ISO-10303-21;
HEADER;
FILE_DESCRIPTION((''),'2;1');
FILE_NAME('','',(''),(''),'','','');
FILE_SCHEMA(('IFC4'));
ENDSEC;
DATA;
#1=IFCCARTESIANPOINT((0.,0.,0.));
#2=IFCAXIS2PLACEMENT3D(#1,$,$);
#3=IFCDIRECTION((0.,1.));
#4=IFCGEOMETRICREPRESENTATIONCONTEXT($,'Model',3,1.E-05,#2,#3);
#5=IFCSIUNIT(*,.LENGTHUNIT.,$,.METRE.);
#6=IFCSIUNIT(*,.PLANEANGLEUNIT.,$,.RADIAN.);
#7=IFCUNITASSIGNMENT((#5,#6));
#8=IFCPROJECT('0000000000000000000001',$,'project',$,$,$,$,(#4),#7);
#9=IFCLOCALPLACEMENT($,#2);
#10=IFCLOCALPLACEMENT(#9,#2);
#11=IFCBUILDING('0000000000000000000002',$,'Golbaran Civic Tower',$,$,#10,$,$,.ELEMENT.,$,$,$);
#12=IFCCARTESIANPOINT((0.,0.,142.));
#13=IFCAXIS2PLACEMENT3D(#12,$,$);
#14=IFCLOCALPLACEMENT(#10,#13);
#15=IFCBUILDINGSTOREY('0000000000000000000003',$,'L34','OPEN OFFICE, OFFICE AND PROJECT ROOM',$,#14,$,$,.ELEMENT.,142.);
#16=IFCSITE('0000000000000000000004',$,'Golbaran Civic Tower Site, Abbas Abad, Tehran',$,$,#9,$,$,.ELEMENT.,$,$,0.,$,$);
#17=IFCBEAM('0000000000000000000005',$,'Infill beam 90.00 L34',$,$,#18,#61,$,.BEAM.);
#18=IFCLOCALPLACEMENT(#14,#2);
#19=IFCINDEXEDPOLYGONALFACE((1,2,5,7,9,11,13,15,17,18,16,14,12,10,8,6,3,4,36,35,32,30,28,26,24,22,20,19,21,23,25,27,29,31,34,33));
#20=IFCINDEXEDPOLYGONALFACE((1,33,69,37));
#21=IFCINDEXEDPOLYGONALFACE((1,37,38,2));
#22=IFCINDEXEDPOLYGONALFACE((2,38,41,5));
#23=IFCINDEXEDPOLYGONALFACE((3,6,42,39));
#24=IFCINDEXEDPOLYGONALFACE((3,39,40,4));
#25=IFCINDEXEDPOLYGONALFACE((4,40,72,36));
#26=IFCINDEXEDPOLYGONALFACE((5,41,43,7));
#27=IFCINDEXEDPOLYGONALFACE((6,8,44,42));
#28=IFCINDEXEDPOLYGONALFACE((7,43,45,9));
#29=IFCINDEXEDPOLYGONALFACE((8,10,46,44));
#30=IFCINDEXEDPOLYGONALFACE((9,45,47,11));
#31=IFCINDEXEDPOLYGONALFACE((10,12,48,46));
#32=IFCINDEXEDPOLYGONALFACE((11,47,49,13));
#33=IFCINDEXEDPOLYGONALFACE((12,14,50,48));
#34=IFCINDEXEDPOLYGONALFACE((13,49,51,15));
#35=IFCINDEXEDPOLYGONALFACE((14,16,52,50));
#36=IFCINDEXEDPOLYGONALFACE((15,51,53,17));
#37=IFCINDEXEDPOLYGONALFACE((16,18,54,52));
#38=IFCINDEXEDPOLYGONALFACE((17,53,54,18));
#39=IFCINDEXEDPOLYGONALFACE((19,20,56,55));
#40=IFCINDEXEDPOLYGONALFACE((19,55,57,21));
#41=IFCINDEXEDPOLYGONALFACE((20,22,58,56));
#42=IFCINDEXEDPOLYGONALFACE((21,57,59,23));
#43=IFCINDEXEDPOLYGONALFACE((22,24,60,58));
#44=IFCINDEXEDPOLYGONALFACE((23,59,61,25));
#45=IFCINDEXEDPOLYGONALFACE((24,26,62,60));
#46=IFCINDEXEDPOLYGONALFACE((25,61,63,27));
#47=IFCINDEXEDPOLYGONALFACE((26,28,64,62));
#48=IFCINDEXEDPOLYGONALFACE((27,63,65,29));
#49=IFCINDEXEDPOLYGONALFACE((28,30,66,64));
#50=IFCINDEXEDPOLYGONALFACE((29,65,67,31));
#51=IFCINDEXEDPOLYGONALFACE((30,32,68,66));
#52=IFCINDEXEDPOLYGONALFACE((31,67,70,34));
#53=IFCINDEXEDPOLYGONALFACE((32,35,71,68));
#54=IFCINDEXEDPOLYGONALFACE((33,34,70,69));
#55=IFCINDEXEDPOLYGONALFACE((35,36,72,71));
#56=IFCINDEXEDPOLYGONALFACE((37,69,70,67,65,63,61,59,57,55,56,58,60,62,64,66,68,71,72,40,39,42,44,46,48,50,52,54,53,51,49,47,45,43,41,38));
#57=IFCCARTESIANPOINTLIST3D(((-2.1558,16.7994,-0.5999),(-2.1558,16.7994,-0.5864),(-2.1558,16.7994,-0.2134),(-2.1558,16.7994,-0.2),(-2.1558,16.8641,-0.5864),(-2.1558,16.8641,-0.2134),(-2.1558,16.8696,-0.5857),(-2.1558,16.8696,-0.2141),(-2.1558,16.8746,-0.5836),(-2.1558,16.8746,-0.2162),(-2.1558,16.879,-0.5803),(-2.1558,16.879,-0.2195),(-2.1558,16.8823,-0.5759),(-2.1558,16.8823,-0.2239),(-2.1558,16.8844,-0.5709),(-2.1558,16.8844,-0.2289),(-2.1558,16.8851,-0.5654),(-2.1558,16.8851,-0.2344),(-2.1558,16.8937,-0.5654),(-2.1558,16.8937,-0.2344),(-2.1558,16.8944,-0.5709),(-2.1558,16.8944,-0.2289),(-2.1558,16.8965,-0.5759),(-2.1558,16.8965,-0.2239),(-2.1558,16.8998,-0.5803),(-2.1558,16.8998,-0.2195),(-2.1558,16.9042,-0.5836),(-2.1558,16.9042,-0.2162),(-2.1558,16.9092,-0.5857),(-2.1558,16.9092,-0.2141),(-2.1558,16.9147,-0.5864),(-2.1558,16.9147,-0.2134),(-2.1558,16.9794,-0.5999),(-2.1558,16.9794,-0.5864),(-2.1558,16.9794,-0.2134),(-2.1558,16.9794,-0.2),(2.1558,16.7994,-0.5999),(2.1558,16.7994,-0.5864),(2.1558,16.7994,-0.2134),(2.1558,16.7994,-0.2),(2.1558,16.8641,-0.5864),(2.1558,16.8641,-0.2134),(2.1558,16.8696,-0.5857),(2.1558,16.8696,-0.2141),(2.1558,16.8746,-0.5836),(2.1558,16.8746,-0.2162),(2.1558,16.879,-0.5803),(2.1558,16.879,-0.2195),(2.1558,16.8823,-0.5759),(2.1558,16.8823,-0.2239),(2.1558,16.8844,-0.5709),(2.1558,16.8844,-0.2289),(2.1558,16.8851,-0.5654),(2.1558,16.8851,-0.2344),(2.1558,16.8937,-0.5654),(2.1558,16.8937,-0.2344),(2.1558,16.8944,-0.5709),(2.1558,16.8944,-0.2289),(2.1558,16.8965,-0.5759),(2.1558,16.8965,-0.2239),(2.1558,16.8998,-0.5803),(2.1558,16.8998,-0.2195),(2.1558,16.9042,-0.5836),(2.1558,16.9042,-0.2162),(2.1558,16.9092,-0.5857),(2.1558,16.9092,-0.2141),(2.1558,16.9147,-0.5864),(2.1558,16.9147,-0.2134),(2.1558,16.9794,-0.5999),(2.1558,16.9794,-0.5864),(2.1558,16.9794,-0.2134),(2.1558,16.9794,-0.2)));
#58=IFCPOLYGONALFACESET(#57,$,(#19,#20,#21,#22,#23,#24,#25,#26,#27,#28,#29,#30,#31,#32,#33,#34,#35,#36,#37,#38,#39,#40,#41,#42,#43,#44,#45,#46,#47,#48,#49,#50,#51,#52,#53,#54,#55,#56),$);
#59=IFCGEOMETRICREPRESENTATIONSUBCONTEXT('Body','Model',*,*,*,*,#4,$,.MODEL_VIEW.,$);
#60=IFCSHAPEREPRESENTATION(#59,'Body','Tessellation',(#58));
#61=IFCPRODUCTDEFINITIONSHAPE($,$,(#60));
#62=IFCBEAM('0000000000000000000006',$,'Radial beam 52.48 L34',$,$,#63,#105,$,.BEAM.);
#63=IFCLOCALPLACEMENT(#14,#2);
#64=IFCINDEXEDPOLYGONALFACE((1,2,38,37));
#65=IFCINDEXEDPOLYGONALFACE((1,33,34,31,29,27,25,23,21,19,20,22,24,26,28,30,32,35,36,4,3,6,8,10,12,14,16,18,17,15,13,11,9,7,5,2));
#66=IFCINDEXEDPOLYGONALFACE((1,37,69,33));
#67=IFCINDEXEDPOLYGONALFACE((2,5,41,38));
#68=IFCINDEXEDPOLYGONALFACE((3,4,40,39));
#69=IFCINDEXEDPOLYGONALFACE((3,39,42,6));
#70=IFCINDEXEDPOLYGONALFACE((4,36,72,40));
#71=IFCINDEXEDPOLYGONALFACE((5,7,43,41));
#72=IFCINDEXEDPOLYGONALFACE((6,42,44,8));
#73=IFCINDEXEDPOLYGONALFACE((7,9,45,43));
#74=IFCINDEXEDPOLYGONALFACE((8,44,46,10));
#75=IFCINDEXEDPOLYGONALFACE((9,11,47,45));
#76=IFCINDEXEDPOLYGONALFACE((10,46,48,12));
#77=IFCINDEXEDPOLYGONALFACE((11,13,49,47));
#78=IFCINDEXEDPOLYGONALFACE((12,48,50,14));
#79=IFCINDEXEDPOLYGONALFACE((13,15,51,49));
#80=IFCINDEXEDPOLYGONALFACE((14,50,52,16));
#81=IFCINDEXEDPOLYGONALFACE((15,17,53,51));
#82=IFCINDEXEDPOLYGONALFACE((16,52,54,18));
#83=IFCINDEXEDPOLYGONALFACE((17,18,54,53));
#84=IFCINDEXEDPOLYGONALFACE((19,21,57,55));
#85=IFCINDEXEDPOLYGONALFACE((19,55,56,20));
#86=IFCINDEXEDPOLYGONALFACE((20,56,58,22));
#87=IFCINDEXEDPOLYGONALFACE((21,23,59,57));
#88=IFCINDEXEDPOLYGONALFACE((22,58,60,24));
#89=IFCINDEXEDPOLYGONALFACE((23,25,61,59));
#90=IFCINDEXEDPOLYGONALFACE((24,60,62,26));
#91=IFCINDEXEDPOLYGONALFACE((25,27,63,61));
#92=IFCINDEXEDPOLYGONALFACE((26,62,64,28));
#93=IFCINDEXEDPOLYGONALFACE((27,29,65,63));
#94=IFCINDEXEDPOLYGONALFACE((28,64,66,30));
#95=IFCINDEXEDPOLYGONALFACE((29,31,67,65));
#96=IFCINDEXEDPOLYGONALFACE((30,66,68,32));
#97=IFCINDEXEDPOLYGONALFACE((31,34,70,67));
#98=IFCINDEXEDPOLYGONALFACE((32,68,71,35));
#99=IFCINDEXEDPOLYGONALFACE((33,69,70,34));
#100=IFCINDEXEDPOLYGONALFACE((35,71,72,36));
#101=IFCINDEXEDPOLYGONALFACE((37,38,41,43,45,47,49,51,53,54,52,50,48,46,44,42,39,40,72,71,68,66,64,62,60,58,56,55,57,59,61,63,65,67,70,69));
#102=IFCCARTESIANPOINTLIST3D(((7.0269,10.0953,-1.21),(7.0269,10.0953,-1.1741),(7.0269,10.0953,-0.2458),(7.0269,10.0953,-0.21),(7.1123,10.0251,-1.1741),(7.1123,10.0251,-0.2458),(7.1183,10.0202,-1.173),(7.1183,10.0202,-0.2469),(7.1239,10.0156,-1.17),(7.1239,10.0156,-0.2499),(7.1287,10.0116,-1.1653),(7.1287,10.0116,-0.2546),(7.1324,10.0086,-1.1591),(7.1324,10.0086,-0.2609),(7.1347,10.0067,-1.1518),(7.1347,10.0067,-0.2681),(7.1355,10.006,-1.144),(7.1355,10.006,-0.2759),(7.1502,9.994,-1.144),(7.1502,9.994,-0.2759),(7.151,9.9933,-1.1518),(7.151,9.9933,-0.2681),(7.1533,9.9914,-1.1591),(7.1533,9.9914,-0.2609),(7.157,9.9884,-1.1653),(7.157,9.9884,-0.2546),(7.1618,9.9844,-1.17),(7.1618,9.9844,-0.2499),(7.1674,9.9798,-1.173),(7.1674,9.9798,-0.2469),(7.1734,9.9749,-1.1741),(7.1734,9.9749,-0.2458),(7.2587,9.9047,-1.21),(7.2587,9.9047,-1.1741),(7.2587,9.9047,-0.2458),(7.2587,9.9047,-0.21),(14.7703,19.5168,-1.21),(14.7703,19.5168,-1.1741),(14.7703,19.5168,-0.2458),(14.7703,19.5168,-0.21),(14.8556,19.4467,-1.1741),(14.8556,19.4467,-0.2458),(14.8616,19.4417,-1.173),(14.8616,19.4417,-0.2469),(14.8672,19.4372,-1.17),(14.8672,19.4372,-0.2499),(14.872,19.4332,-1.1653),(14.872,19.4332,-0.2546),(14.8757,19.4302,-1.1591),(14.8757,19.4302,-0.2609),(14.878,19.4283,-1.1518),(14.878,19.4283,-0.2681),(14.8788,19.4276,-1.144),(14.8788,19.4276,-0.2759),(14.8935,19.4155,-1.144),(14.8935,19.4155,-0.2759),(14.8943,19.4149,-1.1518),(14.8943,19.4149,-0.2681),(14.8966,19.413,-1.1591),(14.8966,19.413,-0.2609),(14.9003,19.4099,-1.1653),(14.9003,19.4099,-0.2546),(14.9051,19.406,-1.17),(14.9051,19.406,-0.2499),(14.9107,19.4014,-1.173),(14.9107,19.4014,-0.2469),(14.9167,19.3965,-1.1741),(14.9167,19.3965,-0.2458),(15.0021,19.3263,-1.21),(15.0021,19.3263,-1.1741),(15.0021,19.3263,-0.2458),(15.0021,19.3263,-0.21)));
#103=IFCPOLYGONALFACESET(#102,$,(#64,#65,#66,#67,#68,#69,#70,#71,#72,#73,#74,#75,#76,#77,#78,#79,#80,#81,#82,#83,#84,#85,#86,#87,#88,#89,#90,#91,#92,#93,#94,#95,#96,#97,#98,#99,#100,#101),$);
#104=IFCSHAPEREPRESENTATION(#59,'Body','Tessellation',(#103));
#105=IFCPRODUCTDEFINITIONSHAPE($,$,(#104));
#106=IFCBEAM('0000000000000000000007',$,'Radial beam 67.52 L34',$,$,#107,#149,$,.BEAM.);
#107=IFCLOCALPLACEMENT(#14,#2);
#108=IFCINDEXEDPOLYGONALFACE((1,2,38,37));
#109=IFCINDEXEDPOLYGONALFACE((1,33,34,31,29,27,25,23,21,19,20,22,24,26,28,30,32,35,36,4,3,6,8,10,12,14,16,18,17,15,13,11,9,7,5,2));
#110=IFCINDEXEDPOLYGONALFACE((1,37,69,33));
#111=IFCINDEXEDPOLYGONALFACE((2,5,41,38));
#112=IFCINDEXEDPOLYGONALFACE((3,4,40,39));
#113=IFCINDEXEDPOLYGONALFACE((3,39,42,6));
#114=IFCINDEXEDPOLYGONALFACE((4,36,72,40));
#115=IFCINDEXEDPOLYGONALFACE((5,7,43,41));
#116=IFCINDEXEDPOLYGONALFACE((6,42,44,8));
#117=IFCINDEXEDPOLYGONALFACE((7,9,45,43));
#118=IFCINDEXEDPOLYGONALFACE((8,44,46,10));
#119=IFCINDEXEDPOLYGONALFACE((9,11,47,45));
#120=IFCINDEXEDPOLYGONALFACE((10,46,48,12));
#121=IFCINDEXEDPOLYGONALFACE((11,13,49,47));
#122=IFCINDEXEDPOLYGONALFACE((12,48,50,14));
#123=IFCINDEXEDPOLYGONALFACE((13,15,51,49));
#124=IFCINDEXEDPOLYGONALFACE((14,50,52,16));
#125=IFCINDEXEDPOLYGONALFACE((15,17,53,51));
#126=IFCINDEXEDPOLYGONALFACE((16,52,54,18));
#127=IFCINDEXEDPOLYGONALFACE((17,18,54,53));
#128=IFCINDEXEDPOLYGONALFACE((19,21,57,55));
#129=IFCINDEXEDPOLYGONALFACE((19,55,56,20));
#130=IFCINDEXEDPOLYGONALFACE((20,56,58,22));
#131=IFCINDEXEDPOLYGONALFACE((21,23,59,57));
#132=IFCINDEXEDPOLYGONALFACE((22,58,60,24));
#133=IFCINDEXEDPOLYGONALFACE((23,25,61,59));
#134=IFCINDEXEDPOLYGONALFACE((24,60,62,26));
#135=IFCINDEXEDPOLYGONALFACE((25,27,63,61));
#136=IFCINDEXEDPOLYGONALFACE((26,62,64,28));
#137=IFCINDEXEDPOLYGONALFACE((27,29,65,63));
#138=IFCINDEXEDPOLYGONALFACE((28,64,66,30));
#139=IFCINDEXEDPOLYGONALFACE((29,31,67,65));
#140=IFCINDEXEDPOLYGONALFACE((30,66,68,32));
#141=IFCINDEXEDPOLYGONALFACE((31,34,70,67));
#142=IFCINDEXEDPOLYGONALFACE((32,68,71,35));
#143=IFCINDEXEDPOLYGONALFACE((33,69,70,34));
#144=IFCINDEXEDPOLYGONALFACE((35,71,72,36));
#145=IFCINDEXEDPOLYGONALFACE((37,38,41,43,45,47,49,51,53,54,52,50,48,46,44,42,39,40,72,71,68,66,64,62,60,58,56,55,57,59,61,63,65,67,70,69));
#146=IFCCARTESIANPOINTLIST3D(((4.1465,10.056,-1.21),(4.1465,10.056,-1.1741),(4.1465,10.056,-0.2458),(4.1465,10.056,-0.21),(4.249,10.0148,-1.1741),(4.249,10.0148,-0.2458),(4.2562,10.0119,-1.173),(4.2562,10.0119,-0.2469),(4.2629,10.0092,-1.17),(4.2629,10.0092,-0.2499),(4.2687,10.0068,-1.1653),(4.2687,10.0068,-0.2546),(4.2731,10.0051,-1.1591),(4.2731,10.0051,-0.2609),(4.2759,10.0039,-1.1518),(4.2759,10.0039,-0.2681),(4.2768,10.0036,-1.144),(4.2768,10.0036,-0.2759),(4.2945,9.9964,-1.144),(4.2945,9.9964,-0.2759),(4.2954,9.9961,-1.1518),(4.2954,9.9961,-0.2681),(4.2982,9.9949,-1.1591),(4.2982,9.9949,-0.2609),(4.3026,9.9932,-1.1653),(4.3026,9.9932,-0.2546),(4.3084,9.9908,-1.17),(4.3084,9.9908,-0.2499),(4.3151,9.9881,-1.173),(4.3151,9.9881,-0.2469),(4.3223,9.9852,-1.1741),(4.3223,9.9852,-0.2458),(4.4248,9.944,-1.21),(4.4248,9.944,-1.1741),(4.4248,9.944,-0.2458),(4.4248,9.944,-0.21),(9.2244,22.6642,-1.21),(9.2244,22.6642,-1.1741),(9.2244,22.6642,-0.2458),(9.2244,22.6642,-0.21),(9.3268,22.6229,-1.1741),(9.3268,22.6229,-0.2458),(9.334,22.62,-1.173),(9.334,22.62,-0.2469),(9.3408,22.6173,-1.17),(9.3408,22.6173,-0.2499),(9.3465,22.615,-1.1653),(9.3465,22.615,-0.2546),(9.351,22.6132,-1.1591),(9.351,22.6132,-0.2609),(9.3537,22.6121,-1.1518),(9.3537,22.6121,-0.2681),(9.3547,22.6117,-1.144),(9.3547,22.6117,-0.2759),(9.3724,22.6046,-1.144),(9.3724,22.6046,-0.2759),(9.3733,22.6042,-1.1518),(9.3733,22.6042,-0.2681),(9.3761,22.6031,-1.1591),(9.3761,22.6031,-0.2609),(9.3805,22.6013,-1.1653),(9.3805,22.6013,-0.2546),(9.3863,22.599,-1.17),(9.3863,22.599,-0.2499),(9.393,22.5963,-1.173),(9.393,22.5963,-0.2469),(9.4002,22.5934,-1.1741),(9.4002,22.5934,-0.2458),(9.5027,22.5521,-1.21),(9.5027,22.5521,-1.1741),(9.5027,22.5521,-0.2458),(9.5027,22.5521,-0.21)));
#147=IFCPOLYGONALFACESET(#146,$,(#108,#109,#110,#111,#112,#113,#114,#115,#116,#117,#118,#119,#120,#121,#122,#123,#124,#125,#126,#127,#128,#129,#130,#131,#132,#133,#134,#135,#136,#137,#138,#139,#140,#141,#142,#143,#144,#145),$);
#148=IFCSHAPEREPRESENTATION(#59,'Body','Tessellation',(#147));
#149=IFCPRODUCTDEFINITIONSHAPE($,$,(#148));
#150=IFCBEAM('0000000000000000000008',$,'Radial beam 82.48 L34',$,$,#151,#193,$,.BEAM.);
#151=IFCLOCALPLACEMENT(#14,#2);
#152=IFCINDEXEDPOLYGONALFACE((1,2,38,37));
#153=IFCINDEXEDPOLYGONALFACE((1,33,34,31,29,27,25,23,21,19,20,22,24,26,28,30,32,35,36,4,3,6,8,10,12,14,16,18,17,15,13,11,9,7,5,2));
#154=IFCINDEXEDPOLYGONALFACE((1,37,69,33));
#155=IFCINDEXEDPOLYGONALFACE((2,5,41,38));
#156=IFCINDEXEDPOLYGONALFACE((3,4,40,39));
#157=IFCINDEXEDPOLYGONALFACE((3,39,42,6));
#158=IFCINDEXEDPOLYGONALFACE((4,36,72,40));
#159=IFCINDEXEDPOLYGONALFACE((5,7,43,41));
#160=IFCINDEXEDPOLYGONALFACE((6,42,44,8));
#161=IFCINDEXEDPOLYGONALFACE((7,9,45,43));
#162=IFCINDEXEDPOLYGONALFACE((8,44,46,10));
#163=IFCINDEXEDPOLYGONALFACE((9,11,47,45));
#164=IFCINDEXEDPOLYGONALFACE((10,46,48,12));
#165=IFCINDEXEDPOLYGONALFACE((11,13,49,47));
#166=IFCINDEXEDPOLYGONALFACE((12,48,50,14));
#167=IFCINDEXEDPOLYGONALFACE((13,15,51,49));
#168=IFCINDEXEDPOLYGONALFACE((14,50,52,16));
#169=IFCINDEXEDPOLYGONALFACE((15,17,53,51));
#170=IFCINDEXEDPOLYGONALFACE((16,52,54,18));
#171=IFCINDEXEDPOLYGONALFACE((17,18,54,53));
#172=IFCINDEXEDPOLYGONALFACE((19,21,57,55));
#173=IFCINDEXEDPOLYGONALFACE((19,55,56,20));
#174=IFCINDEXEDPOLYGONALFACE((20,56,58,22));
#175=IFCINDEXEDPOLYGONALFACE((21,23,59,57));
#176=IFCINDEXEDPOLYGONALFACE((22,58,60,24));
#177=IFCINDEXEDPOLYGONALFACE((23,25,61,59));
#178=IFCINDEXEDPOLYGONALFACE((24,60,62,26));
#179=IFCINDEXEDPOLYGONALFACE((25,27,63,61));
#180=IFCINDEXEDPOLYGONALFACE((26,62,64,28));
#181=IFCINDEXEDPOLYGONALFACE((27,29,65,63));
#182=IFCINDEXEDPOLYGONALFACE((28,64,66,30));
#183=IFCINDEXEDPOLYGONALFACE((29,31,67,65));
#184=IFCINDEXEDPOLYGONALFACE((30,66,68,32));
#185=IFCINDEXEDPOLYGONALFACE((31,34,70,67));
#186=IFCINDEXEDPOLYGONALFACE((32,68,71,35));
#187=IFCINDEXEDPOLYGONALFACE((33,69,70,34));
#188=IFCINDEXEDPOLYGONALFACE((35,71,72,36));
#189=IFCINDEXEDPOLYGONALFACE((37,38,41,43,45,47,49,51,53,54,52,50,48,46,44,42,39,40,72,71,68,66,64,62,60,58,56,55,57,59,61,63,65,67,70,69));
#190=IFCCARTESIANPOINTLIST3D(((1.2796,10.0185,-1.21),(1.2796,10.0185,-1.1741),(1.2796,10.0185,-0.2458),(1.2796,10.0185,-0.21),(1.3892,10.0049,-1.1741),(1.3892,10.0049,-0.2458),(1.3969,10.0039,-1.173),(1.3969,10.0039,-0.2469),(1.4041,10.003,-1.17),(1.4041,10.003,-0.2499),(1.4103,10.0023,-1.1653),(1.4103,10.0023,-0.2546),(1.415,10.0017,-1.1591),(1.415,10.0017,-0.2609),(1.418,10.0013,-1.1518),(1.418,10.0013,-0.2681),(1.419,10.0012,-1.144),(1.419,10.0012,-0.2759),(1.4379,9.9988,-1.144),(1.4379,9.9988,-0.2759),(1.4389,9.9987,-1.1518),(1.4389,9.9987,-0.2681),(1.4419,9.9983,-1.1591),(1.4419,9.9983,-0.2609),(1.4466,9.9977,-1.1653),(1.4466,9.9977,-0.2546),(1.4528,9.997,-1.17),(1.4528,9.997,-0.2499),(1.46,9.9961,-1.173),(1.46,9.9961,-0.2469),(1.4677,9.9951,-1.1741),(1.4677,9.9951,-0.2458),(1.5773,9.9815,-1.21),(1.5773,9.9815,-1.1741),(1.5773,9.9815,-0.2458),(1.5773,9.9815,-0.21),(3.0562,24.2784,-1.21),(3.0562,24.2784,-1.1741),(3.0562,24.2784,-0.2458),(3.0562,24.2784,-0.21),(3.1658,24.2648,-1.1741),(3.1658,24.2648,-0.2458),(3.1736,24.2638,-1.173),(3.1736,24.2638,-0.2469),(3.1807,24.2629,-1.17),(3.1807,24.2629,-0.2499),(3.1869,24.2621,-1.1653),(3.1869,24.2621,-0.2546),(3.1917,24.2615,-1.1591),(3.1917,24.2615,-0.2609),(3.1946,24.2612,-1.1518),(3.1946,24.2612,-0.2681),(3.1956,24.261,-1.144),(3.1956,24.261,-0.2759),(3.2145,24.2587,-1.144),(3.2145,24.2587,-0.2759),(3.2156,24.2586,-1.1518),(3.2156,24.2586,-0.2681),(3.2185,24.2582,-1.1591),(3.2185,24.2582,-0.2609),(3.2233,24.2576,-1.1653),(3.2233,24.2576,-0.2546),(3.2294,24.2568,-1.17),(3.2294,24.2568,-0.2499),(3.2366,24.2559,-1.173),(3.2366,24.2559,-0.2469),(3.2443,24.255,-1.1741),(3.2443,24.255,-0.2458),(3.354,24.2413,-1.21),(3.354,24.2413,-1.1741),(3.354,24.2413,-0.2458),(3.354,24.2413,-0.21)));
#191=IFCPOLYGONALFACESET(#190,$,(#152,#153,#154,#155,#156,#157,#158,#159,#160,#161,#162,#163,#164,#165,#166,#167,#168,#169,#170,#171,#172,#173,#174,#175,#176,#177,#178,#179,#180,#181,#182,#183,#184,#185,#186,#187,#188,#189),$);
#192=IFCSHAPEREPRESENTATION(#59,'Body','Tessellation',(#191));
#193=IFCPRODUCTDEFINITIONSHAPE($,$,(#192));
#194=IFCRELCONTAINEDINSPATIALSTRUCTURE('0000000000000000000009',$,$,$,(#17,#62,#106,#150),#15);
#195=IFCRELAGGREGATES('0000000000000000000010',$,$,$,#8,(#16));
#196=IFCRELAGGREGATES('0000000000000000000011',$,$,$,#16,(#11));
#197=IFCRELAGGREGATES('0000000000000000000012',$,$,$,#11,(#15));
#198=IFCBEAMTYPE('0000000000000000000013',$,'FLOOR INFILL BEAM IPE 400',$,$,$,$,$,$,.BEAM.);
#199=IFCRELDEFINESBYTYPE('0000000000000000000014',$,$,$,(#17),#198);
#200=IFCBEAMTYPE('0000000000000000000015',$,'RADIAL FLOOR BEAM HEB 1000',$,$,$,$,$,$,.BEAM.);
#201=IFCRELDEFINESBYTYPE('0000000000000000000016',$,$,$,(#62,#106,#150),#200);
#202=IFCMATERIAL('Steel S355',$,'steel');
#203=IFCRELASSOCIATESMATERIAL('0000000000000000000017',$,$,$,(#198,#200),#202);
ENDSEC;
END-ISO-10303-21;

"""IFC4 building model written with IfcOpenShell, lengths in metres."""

from ifc_helpers import new_model, si_unit, direction, frame, origin, origin_2d, place, context, subcontext, project, spatial, i_section, extrude, material, material_profile, profile_set, type_object, element, save


model = new_model("IFC4")

# Units and contexts
model_context = context("Model", 3, precision=1e-05, world=origin(), true_north=direction((0.0, 1.0)))
body_context = subcontext(model_context, "Body", "Model", "MODEL_VIEW")
ifc_project = project(units=[si_unit("LENGTHUNIT", "METRE"), si_unit("PLANEANGLEUNIT", "RADIAN")], contexts=[model_context])

# Site, building, storey
site_placement = place(None, origin())
site = spatial("IfcSite", under=ifc_project, at=site_placement, Name="Golbaran Civic Tower Site, Abbas Abad, Tehran", CompositionType="ELEMENT", RefElevation=0.0)
building_placement = place(site_placement, origin())
building = spatial("IfcBuilding", under=site, at=building_placement, Name="Golbaran Civic Tower", CompositionType="ELEMENT")
storey_placement = place(building_placement, frame((0.0, 0.0, 142.0)))
storey = spatial("IfcBuildingStorey", under=building, at=storey_placement, Name="L34", Description="OPEN OFFICE, OFFICE AND PROJECT ROOM", CompositionType="ELEMENT", Elevation=142.0)

# Beams
ifc_material_1 = material(Name="Steel S355", Category="steel")
ifc_material_profile_1 = material_profile(ifc_material_1, i_section(OverallWidth=0.1799, OverallDepth=0.3999, WebThickness=0.0085, FlangeThickness=0.0134, FilletRadius=0.021, at=origin_2d()), Name="IPE 400")
ifc_profile_set_1 = profile_set([ifc_material_profile_1], Name="Steel S355")
beam_type_1 = type_object("IfcBeamType", Name="FLOOR INFILL BEAM IPE 400", PredefinedType="BEAM", material=ifc_profile_set_1)
beam_1_placement = place(storey_placement, frame((2.1558, 16.8894, -0.3999), z_axis=(-1.0, 0.0, 0.0), x_axis=(0.0, -1.0, 0.0)))
element("IfcBeam", 1, at=beam_1_placement, inside=storey, type_object=beam_type_1, Name="Infill beam 90.00 L34", PredefinedType="BEAM", context=body_context, shape_type="SweptSolid", body=[
    extrude(i_section(OverallWidth=0.1799, OverallDepth=0.3999, WebThickness=0.0085, FlangeThickness=0.0134, FilletRadius=0.021, at=origin_2d()), origin(), (0.0, 0.0, 1.0), 4.3115),
])
ifc_material_profile_2 = material_profile(ifc_material_1, i_section(OverallWidth=0.3, OverallDepth=1.0, WebThickness=0.019, FlangeThickness=0.0359, FilletRadius=0.03, at=origin_2d()), Name="HEB 1000")
ifc_profile_set_2 = profile_set([ifc_material_profile_2], Name="Steel S355")
beam_type_2 = type_object("IfcBeamType", Name="RADIAL FLOOR BEAM HEB 1000", PredefinedType="BEAM", material=ifc_profile_set_2)
beam_2_placement = place(storey_placement, frame((7.1428, 10.0, -0.71), z_axis=(0.634946, 0.772557, 0.0), x_axis=(-0.772557, 0.634946, 0.0)))
element("IfcBeam", 2, at=beam_2_placement, inside=storey, type_object=beam_type_2, Name="Radial beam 52.48 L34", PredefinedType="BEAM", context=body_context, shape_type="SweptSolid", body=[
    extrude(i_section(OverallWidth=0.3, OverallDepth=1.0, WebThickness=0.019, FlangeThickness=0.0359, FilletRadius=0.03, at=origin_2d()), origin(), (0.0, 0.0, 1.0), 12.1953),
])
beam_3_placement = place(storey_placement, frame((4.2856, 10.0, -0.71), z_axis=(0.373585, 0.927596, 0.0), x_axis=(-0.927596, 0.373585, 0.0)))
element("IfcBeam", 3, at=beam_3_placement, inside=storey, type_object=beam_type_2, Name="Radial beam 67.52 L34", PredefinedType="BEAM", context=body_context, shape_type="SweptSolid", body=[
    extrude(i_section(OverallWidth=0.3, OverallDepth=1.0, WebThickness=0.019, FlangeThickness=0.0359, FilletRadius=0.03, at=origin_2d()), origin(), (0.0, 0.0, 1.0), 13.5923),
])
beam_4_placement = place(storey_placement, frame((1.4285, 10.0, -0.71), z_axis=(0.123633, 0.992328, 0.0), x_axis=(-0.992328, 0.123633, 0.0)))
element("IfcBeam", 4, at=beam_4_placement, inside=storey, type_object=beam_type_2, Name="Radial beam 82.48 L34", PredefinedType="BEAM", context=body_context, shape_type="SweptSolid", body=[
    extrude(i_section(OverallWidth=0.3, OverallDepth=1.0, WebThickness=0.019, FlangeThickness=0.0359, FilletRadius=0.03, at=origin_2d()), origin(), (0.0, 0.0, 1.0), 14.3701),
])

save(model, "model.ifc")
